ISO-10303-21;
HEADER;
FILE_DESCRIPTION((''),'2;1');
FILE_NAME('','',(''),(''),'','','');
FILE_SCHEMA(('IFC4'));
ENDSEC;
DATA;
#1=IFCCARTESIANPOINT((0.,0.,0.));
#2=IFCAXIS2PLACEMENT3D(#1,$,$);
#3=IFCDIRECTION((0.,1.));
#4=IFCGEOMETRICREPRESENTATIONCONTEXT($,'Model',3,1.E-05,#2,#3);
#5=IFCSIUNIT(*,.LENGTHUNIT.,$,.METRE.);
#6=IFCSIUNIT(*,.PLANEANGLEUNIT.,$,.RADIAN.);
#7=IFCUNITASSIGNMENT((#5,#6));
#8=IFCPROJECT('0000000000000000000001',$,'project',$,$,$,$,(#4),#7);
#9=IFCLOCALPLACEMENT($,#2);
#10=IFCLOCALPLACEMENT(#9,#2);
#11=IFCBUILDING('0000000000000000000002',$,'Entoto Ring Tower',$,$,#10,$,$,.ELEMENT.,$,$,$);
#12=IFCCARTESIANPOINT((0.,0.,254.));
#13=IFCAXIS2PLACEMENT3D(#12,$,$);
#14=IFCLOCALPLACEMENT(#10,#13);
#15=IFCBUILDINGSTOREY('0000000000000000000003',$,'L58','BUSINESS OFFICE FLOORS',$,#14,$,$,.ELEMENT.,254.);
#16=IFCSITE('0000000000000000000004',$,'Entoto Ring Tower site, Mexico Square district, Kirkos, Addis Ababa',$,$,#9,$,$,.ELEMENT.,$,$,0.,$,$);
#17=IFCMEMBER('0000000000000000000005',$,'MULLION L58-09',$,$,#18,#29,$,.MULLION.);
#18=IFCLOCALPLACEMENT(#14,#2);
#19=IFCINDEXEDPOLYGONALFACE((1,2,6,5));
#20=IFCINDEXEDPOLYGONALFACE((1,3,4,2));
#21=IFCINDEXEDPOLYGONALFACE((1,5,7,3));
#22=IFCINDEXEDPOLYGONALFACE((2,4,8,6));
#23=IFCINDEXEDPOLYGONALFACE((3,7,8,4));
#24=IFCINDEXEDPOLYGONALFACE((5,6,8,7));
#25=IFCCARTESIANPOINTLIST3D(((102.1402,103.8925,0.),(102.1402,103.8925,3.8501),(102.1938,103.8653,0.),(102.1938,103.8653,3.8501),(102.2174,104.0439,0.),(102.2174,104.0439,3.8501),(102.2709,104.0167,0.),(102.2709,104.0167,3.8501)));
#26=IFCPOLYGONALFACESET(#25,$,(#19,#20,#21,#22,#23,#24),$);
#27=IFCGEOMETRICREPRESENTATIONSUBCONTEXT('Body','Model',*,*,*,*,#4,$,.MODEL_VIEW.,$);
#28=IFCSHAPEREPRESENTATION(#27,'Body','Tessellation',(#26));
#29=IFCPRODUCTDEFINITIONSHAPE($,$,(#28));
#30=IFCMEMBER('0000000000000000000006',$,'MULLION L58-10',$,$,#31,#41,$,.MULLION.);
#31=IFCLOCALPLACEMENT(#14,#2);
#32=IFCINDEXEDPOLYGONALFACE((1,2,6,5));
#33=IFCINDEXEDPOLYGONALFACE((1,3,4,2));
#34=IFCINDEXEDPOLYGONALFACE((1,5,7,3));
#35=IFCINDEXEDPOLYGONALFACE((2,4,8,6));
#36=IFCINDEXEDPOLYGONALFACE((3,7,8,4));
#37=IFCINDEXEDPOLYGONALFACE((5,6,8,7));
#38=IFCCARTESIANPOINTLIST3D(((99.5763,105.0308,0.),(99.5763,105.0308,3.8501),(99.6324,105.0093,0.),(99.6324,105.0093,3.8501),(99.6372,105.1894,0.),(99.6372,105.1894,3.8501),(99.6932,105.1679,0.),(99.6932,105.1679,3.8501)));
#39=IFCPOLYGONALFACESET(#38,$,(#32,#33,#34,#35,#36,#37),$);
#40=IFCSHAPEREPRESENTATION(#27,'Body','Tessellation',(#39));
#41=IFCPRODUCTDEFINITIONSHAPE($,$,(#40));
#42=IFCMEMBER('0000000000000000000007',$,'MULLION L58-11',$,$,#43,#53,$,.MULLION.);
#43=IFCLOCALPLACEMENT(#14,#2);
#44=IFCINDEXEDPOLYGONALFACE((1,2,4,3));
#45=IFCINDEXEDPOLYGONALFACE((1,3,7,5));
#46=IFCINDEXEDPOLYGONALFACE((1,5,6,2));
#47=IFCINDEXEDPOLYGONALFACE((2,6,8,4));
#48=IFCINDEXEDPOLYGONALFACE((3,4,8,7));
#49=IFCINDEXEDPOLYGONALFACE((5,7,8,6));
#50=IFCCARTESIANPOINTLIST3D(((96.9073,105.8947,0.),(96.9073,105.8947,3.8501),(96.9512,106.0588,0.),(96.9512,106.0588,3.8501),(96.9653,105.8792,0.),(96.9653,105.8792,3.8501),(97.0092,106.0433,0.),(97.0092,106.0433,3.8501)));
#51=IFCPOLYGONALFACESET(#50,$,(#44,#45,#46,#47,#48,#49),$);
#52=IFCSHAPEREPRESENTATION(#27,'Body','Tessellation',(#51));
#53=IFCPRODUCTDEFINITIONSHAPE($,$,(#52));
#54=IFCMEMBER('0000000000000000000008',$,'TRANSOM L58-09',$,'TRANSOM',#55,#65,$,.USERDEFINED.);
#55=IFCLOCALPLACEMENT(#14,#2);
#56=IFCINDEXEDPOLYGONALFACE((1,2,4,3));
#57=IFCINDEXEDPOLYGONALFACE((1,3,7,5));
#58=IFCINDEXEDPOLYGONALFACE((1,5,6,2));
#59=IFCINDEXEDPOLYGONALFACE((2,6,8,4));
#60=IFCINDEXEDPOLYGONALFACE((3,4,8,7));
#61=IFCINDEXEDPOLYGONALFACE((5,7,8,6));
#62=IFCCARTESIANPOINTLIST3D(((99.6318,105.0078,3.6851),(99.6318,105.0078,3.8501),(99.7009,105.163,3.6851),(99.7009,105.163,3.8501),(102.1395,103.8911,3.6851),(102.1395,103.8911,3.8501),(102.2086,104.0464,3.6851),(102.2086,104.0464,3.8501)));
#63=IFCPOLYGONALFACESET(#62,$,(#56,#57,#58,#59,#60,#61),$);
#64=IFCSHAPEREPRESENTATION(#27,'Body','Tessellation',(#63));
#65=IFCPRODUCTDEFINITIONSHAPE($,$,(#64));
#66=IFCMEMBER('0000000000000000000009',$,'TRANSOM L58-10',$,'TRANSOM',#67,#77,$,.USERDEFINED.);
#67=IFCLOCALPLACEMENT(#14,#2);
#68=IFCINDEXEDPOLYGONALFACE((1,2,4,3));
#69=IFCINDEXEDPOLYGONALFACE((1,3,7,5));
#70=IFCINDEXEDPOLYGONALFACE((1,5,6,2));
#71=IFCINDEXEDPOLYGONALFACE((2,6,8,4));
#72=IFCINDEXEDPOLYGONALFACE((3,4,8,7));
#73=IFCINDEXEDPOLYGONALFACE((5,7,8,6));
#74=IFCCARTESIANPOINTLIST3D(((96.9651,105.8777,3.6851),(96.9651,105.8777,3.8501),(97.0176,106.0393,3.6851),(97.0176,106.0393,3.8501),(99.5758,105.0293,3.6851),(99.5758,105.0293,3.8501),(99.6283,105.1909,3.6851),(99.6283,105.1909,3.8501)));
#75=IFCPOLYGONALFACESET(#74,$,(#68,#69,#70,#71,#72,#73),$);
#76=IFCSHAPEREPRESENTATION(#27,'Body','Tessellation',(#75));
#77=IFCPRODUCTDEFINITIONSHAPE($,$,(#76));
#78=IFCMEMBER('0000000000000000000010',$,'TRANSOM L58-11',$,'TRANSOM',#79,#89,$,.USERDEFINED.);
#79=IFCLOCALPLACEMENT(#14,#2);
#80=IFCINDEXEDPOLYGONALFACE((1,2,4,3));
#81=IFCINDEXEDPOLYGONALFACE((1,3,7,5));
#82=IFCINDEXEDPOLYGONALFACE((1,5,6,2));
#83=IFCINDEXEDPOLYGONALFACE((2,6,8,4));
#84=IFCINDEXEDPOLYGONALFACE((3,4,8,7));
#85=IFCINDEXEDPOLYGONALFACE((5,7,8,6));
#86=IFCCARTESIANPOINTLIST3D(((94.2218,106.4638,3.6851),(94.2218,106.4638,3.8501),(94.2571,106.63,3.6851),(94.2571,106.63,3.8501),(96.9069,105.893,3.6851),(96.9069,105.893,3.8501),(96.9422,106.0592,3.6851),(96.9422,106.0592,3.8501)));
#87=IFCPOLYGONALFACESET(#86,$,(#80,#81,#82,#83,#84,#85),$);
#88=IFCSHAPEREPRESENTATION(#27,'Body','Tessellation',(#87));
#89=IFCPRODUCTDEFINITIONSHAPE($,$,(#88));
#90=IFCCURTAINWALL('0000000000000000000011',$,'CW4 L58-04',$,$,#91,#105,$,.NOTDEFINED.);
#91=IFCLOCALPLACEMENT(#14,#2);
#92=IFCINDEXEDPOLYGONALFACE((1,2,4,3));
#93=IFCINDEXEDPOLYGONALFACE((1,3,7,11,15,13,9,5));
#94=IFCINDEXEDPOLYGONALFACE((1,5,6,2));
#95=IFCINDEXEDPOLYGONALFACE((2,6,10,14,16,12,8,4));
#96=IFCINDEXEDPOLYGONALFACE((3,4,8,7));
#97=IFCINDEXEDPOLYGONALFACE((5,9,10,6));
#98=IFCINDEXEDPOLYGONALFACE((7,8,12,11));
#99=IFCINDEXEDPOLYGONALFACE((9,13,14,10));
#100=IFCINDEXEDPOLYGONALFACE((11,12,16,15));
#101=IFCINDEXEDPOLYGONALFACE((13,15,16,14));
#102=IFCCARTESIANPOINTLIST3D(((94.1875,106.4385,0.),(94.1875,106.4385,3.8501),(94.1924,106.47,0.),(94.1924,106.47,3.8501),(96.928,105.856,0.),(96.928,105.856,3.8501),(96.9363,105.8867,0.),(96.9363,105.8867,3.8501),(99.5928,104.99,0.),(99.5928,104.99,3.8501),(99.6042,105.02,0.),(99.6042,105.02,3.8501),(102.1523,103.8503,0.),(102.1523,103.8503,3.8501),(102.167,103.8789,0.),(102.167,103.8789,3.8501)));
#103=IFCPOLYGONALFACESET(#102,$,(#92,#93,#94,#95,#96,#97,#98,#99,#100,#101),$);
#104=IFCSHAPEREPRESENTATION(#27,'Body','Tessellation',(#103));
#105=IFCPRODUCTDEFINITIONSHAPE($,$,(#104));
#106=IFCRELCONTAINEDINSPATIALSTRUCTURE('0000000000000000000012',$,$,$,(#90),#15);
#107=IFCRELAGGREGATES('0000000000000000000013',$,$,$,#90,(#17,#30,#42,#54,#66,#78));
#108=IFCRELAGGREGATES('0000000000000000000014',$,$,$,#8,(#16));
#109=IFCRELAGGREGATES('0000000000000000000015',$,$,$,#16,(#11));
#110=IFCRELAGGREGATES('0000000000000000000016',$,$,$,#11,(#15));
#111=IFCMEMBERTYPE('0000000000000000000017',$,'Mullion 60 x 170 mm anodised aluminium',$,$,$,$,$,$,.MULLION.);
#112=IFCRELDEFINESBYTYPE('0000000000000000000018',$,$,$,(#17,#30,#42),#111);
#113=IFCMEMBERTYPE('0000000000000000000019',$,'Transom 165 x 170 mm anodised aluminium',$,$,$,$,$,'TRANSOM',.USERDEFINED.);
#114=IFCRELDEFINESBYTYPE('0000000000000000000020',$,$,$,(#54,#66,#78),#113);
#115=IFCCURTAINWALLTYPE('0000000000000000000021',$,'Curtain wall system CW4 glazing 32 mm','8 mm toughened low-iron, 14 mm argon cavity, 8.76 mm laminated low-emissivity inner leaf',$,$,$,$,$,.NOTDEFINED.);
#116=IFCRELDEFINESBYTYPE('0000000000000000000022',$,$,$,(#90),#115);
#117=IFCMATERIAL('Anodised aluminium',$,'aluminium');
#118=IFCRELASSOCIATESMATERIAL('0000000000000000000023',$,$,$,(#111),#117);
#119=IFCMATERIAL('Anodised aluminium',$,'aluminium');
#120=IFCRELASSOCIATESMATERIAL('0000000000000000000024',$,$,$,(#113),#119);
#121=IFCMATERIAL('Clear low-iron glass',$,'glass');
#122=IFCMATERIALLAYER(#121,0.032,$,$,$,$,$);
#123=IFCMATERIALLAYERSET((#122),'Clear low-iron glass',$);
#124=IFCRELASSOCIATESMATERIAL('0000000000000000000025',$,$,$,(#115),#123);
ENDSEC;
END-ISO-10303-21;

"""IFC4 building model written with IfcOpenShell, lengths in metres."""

from ifc_helpers import new_model, si_unit, direction, frame, origin, origin_2d, place, context, subcontext, project, spatial, polyline, rectangle, outline, extrude, material, layer, layer_set, material_profile, profile_set, type_object, element, aggregate, save


model = new_model("IFC4")

# Units and contexts
model_context = context("Model", 3, precision=1e-05, world=origin(), true_north=direction((0.0, 1.0)))
body_context = subcontext(model_context, "Body", "Model", "MODEL_VIEW")
ifc_project = project(units=[si_unit("LENGTHUNIT", "METRE"), si_unit("PLANEANGLEUNIT", "RADIAN")], contexts=[model_context])

# Members
ifc_material_1 = material(Name="Anodised aluminium", Category="aluminium")
ifc_material_profile_1 = material_profile(ifc_material_1, rectangle(XDim=0.0601, YDim=0.1699, at=origin_2d()), Name="Mullion 60 x 170 mm anodised aluminium")
ifc_profile_set_1 = profile_set([ifc_material_profile_1], Name="Anodised aluminium")
member_type_1 = type_object("IfcMemberType", Name="Mullion 60 x 170 mm anodised aluminium", PredefinedType="MULLION", material=ifc_profile_set_1)
site_placement = place(None, origin())
building_placement = place(site_placement, origin())
storey_placement = place(building_placement, frame((0.0, 0.0, 254.0)))
member_1_placement = place(storey_placement, frame((102.2056, 103.9546, 0.0), z_axis=(0.0, 0.0, 1.0), x_axis=(-0.891007, 0.45399, 0.0)))
member_1 = element("IfcMember", 1, at=member_1_placement, type_object=member_type_1, Name="MULLION L58-09", PredefinedType="MULLION", context=body_context, shape_type="SweptSolid", body=[
    extrude(rectangle(XDim=0.0601, YDim=0.1699, at=origin_2d()), origin(), (0.0, 0.0, 1.0), 3.8501),
])
member_2_placement = place(storey_placement, frame((99.6348, 105.0994, 0.0), z_axis=(0.0, 0.0, 1.0), x_axis=(-0.93358, 0.358368, 0.0)))
member_2 = element("IfcMember", 2, at=member_2_placement, type_object=member_type_1, Name="MULLION L58-10", PredefinedType="MULLION", context=body_context, shape_type="SweptSolid", body=[
    extrude(rectangle(XDim=0.0601, YDim=0.1699, at=origin_2d()), origin(), (0.0, 0.0, 1.0), 3.8501),
])
member_3_placement = place(storey_placement, frame((96.9583, 105.969, 0.0), z_axis=(0.0, 0.0, 1.0), x_axis=(-0.965926, 0.258819, 0.0)))
member_3 = element("IfcMember", 3, at=member_3_placement, type_object=member_type_1, Name="MULLION L58-11", PredefinedType="MULLION", context=body_context, shape_type="SweptSolid", body=[
    extrude(rectangle(XDim=0.0601, YDim=0.1699, at=origin_2d()), origin(), (0.0, 0.0, 1.0), 3.8501),
])
ifc_material_2 = material(Name="Anodised aluminium", Category="aluminium")
ifc_material_profile_2 = material_profile(ifc_material_2, rectangle(XDim=0.1699, YDim=0.165, at=origin_2d()), Name="Transom 165 x 170 mm anodised aluminium")
ifc_profile_set_2 = profile_set([ifc_material_profile_2], Name="Anodised aluminium")
member_type_2 = type_object("IfcMemberType", Name="Transom 165 x 170 mm anodised aluminium", ElementType="TRANSOM", PredefinedType="USERDEFINED", material=ifc_profile_set_2)
member_4_placement = place(storey_placement, frame((102.1741, 103.9688, 3.7676), z_axis=(-0.913525, 0.406782, 0.0), x_axis=(-0.406782, -0.913525, 0.0)))
member_4 = element("IfcMember", 4, at=member_4_placement, type_object=member_type_2, Name="TRANSOM L58-09", ObjectType="TRANSOM", PredefinedType="USERDEFINED", context=body_context, shape_type="SweptSolid", body=[
    extrude(rectangle(XDim=0.1699, YDim=0.165, at=origin_2d()), origin(), (0.0, 0.0, 1.0), 2.7451),
])
member_5_placement = place(storey_placement, frame((99.6021, 105.1101, 3.7676), z_axis=(-0.951048, 0.309042, 0.0), x_axis=(-0.309042, -0.951048, 0.0)))
member_5 = element("IfcMember", 5, at=member_5_placement, type_object=member_type_2, Name="TRANSOM L58-10", ObjectType="TRANSOM", PredefinedType="USERDEFINED", context=body_context, shape_type="SweptSolid", body=[
    extrude(rectangle(XDim=0.1699, YDim=0.165, at=origin_2d()), origin(), (0.0, 0.0, 1.0), 2.7451),
])
member_6_placement = place(storey_placement, frame((96.9246, 105.9761, 3.7676), z_axis=(-0.978142, 0.207937, 0.0), x_axis=(-0.207937, -0.978142, 0.0)))
member_6 = element("IfcMember", 6, at=member_6_placement, type_object=member_type_2, Name="TRANSOM L58-11", ObjectType="TRANSOM", PredefinedType="USERDEFINED", context=body_context, shape_type="SweptSolid", body=[
    extrude(rectangle(XDim=0.1699, YDim=0.165, at=origin_2d()), origin(), (0.0, 0.0, 1.0), 2.7451),
])

# Site, building, storey
site = spatial("IfcSite", under=ifc_project, at=site_placement, Name="Entoto Ring Tower site, Mexico Square district, Kirkos, Addis Ababa", CompositionType="ELEMENT", RefElevation=0.0)
building = spatial("IfcBuilding", under=site, at=building_placement, Name="Entoto Ring Tower", CompositionType="ELEMENT")
storey = spatial("IfcBuildingStorey", under=building, at=storey_placement, Name="L58", Description="BUSINESS OFFICE FLOORS", CompositionType="ELEMENT", Elevation=254.0)

# Curtain wall
ifc_material_3 = material(Name="Clear low-iron glass", Category="glass")
ifc_layer = layer(ifc_material_3, 0.032)
ifc_layer_set = layer_set([ifc_layer], Name="Clear low-iron glass")
curtain_wall_type = type_object("IfcCurtainWallType", Name="Curtain wall system CW4 glazing 32 mm", Description="8 mm toughened low-iron, 14 mm argon cavity, 8.76 mm laminated low-emissivity inner leaf", PredefinedType="NOTDEFINED", material=ifc_layer_set)
curtain_wall_1_placement = place(storey_placement, origin())
curtain_wall_1 = element("IfcCurtainWall", 7, at=curtain_wall_1_placement, inside=storey, type_object=curtain_wall_type, Name="CW4 L58-04", PredefinedType="NOTDEFINED", context=body_context, shape_type="SweptSolid", body=[
    extrude(outline(polyline([(102.167, 103.8789), (99.6042, 105.02), (96.9363, 105.8867), (94.1924, 106.47), (94.1875, 106.4385), (96.928, 105.856), (99.5928, 104.99), (102.1523, 103.8503), (102.167, 103.8789)])), origin(), (0.0, 0.0, 1.0), 3.8501),
])
aggregate(curtain_wall_1, [member_1, member_2, member_3, member_4, member_5, member_6])

save(model, "model.ifc")
